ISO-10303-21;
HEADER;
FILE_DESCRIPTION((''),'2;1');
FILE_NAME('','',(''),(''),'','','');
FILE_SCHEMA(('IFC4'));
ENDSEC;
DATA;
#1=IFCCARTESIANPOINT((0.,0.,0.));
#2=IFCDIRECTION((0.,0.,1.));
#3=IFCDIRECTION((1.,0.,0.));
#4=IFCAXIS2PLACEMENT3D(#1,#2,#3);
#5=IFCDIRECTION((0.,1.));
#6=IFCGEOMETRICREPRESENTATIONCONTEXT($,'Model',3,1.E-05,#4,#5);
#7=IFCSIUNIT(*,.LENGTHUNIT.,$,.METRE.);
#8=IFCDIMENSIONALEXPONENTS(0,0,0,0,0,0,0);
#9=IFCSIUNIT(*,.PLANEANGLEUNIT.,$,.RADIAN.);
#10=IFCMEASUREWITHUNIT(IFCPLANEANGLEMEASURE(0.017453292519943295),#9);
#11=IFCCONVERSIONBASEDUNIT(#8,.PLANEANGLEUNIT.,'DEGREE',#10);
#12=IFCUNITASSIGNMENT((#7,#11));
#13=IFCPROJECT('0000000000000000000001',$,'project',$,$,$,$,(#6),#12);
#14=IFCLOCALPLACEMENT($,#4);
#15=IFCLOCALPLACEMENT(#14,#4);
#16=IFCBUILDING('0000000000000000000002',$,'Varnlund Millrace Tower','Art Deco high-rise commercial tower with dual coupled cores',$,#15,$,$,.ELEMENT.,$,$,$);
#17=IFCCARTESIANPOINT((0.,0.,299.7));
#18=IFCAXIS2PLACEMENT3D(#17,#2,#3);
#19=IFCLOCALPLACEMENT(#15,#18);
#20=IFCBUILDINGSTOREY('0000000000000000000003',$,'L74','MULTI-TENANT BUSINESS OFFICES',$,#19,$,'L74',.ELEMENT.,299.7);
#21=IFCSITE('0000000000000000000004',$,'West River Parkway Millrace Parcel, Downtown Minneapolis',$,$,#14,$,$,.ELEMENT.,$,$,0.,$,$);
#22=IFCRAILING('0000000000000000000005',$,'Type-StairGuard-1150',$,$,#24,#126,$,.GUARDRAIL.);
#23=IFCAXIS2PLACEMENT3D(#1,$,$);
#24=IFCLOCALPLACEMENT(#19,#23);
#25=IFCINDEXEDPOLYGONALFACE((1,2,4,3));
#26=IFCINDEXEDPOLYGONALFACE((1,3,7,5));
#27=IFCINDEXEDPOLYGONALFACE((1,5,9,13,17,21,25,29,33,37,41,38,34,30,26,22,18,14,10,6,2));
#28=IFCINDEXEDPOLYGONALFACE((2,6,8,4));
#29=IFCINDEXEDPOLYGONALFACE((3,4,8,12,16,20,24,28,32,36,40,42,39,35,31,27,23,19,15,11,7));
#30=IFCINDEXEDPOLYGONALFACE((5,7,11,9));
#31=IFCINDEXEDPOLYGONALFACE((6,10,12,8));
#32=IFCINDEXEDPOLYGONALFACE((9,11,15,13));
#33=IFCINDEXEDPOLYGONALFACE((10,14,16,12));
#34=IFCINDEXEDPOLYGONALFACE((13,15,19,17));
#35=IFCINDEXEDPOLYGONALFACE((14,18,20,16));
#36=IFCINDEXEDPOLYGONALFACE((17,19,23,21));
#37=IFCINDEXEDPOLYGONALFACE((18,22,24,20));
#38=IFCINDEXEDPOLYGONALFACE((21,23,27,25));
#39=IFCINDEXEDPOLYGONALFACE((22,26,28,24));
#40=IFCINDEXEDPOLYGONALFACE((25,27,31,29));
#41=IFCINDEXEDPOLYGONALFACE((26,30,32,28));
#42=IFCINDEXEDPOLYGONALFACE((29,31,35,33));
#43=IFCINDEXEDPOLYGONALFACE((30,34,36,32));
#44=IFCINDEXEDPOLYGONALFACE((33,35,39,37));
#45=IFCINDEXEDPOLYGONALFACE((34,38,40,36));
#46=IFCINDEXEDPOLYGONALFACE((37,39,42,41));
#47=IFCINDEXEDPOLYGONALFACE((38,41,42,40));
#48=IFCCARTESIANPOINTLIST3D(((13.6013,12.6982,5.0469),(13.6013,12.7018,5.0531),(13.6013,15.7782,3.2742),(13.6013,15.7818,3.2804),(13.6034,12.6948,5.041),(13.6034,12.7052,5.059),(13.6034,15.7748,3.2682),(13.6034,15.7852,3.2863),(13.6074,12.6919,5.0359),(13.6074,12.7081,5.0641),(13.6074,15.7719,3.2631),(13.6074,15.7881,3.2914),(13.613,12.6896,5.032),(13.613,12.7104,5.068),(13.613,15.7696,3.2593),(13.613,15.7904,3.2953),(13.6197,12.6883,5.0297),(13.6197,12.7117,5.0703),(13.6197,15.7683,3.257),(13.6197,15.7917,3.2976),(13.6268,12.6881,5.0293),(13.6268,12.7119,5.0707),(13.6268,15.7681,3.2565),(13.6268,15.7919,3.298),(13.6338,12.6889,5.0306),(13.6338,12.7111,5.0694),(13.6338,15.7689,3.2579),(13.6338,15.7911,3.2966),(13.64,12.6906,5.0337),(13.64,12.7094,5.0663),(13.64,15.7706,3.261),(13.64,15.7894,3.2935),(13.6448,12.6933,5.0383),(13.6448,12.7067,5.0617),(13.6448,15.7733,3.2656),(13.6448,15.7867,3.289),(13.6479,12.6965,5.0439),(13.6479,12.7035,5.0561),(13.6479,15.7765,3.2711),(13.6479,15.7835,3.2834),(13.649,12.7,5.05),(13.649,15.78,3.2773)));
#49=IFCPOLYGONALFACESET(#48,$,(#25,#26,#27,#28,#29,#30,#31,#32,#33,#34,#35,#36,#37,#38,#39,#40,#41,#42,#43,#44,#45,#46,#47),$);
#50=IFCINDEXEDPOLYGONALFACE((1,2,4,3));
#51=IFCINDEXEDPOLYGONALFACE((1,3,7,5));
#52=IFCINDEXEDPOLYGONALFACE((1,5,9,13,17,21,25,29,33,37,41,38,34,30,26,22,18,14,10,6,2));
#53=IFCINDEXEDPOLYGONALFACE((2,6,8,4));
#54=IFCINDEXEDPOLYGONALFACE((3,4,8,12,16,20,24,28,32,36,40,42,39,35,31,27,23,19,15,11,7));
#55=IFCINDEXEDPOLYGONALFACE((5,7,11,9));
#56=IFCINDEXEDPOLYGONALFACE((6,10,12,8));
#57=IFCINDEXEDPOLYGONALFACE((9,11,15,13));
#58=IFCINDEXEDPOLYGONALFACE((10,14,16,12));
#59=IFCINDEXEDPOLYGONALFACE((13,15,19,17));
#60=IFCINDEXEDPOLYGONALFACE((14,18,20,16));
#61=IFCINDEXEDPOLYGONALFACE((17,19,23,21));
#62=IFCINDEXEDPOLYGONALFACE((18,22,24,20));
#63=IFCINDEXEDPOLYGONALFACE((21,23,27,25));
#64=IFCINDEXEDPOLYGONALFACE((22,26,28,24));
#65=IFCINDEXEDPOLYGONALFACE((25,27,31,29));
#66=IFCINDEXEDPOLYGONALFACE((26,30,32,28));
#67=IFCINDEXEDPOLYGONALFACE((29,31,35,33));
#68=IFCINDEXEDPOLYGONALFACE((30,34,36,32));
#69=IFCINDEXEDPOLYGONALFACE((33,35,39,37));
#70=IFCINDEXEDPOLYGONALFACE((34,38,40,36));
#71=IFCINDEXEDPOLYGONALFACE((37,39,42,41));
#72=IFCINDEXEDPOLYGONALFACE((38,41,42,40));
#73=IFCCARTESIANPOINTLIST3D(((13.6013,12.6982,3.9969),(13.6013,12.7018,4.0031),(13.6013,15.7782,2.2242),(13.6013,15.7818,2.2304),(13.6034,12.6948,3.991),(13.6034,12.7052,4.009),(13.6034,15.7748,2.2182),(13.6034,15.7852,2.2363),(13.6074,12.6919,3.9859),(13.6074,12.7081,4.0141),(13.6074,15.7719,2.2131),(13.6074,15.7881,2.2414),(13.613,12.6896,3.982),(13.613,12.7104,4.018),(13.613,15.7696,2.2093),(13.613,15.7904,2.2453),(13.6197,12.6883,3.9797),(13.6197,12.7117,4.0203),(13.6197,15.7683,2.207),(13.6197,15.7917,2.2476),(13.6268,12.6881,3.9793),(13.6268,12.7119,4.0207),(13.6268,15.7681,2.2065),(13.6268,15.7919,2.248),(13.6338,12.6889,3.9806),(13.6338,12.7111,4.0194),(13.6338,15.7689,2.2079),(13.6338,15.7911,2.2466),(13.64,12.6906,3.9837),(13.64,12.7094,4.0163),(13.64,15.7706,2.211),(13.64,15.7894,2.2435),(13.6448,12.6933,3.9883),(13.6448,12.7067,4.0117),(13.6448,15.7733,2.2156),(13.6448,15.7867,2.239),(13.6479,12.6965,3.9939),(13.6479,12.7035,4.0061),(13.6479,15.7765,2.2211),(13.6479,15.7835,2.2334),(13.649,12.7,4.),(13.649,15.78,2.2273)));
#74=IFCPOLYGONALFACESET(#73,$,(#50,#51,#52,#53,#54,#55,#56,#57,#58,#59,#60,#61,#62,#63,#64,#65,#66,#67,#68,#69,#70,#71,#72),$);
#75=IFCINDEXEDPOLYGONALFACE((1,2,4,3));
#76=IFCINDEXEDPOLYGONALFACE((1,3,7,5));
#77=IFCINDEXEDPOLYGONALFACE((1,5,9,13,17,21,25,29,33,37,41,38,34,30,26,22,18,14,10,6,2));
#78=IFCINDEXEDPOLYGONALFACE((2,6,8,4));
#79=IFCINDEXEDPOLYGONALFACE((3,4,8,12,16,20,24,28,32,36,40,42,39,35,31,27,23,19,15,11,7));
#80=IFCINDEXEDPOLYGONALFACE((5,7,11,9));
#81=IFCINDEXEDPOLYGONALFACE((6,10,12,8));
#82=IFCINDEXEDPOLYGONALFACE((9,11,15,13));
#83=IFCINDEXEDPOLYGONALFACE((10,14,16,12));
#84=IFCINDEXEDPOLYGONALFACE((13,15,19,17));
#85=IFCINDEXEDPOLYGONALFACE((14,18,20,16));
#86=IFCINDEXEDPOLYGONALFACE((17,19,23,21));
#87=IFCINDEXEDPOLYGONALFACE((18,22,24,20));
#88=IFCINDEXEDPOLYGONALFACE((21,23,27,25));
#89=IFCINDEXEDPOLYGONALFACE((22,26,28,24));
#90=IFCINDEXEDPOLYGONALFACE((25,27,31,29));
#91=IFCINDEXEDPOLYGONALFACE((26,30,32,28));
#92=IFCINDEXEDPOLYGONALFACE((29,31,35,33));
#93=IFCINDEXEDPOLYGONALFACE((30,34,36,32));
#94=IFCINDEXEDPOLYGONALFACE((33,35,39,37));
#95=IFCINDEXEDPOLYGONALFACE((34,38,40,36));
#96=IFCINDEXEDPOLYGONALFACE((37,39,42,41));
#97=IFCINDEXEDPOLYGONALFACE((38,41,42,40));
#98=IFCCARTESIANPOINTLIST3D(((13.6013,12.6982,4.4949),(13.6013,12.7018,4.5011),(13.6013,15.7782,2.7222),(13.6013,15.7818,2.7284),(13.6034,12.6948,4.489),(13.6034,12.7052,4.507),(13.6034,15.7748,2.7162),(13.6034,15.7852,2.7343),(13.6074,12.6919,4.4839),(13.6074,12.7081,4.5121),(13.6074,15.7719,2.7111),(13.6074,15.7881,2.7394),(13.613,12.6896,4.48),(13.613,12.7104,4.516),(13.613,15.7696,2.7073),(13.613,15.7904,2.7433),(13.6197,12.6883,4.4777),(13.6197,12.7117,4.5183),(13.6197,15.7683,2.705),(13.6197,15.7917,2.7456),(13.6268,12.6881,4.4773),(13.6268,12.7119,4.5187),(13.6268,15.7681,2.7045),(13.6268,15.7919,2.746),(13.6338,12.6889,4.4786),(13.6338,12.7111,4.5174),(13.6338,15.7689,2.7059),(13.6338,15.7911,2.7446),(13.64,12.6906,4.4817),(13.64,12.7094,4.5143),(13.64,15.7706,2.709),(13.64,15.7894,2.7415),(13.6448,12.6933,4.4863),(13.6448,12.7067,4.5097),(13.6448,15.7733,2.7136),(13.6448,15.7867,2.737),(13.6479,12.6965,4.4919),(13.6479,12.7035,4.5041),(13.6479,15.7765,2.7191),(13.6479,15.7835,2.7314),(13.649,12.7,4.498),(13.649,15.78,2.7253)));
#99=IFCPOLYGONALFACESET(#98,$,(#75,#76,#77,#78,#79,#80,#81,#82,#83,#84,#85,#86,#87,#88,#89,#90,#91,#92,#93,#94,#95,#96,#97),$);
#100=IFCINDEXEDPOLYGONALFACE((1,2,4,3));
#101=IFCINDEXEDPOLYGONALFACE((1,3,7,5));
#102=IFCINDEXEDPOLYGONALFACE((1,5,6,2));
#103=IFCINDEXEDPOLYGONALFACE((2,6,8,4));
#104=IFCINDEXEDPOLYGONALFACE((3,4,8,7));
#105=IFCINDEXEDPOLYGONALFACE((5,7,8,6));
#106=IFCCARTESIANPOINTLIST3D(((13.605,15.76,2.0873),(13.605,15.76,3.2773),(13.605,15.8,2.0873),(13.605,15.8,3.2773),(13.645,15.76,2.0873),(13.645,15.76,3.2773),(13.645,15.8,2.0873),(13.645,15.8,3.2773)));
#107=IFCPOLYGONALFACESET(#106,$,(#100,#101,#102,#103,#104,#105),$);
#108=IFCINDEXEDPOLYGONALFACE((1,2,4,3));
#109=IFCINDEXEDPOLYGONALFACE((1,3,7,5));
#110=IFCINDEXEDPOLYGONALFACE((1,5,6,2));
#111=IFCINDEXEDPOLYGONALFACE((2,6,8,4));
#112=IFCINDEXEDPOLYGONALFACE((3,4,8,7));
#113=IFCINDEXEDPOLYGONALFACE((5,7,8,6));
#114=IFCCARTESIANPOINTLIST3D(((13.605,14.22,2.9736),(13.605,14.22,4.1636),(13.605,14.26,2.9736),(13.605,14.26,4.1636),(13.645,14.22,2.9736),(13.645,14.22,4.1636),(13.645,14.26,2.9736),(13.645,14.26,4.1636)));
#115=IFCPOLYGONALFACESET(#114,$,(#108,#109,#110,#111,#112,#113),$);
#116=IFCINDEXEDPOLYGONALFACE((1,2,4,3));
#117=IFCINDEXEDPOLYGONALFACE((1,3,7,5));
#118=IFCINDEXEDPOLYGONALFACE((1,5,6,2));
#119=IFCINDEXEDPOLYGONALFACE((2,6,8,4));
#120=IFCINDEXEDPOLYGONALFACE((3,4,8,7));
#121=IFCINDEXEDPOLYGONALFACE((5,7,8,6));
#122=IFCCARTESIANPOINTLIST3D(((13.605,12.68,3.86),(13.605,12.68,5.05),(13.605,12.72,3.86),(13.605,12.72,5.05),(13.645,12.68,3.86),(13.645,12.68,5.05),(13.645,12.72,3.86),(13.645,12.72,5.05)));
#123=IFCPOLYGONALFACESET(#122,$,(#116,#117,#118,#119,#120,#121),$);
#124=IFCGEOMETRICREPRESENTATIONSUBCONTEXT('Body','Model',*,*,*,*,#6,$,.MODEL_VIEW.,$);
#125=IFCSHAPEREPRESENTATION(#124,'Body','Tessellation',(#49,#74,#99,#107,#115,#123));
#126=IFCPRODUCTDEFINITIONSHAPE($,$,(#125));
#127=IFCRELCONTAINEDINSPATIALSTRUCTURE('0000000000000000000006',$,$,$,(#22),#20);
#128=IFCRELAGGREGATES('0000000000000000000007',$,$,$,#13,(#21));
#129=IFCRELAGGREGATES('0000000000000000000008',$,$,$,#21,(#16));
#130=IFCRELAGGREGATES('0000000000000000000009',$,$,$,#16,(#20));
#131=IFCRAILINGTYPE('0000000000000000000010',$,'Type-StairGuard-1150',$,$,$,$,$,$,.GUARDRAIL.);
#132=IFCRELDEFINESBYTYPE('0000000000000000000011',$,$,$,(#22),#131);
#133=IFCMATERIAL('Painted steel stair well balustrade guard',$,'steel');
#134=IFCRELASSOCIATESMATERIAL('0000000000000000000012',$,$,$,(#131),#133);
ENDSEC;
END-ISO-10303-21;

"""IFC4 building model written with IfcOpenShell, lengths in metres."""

from ifc_helpers import new_model, entity, si_unit, converted_unit, direction, frame, origin_with_axes, origin_2d_with_axis, place, context, subcontext, project, spatial, rectangle, circle, extrude, material, type_object, element, save


model = new_model("IFC4")

# Units and contexts
model_context = context("Model", 3, precision=1e-05, world=origin_with_axes(), true_north=direction((0.0, 1.0)))
body_context = subcontext(model_context, "Body", "Model", "MODEL_VIEW")
ifc_project = project(units=[si_unit("LENGTHUNIT", "METRE"), converted_unit("PLANEANGLEUNIT", "DEGREE", entity("IfcPlaneAngleMeasure", 0.017453292519943295), si_unit("PLANEANGLEUNIT", "RADIAN"), dimensions=[0, 0, 0, 0, 0, 0, 0])], contexts=[model_context])

# Site, building, storey
site_placement = place(None, origin_with_axes())
site = spatial("IfcSite", under=ifc_project, at=site_placement, Name="West River Parkway Millrace Parcel, Downtown Minneapolis", CompositionType="ELEMENT", RefElevation=0.0)
building_placement = place(site_placement, origin_with_axes())
building = spatial("IfcBuilding", under=site, at=building_placement, Name="Varnlund Millrace Tower", Description="Art Deco high-rise commercial tower with dual coupled cores", CompositionType="ELEMENT")
storey_placement = place(building_placement, frame((0.0, 0.0, 299.7), z_axis=(0.0, 0.0, 1.0), x_axis=(1.0, 0.0, 0.0)))
storey = spatial("IfcBuildingStorey", under=building, at=storey_placement, Name="L74", Description="MULTI-TENANT BUSINESS OFFICES", LongName="L74", CompositionType="ELEMENT", Elevation=299.7)

# Railing
ifc_material_1 = material(Name="Painted steel stair well balustrade guard", Category="steel")
railing_type_1 = type_object("IfcRailingType", Name="Type-StairGuard-1150", PredefinedType="GUARDRAIL", material=ifc_material_1)
railing_1_placement = place(storey_placement, frame((0.0, 0.0, -299.7), z_axis=(0.0, 0.0, 1.0), x_axis=(1.0, 0.0, 0.0)))
element("IfcRailing", 1, at=railing_1_placement, inside=storey, type_object=railing_type_1, Name="Type-StairGuard-1150", PredefinedType="GUARDRAIL", context=body_context, shape_type="SweptSolid", body=[
    extrude(circle(Radius=0.024, at=origin_2d_with_axis()), frame((13.625, 15.78, 302.9773), z_axis=(0.0, -0.866696, 0.498836), x_axis=(1.0, 0.0, 0.0)), (0.0, 0.0, 1.0), 3.5537),
    extrude(circle(Radius=0.024, at=origin_2d_with_axis()), frame((13.625, 15.78, 301.9273), z_axis=(0.0, -0.866696, 0.498836), x_axis=(1.0, 0.0, 0.0)), (0.0, 0.0, 1.0), 3.5537),
    extrude(circle(Radius=0.024, at=origin_2d_with_axis()), frame((13.625, 15.78, 302.4253), z_axis=(0.0, -0.866696, 0.498836), x_axis=(1.0, 0.0, 0.0)), (0.0, 0.0, 1.0), 3.5537),
    extrude(rectangle(XDim=0.04, YDim=0.04, at=origin_2d_with_axis()), frame((13.625, 15.78, 301.7873), z_axis=(0.0, 0.0, 1.0), x_axis=(1.0, 0.0, 0.0)), (0.0, 0.0, 1.0), 1.19),
    extrude(rectangle(XDim=0.04, YDim=0.04, at=origin_2d_with_axis()), frame((13.625, 14.24, 302.6736), z_axis=(0.0, 0.0, 1.0), x_axis=(1.0, 0.0, 0.0)), (0.0, 0.0, 1.0), 1.19),
    extrude(rectangle(XDim=0.04, YDim=0.04, at=origin_2d_with_axis()), frame((13.625, 12.7, 303.56), z_axis=(0.0, 0.0, 1.0), x_axis=(1.0, 0.0, 0.0)), (0.0, 0.0, 1.0), 1.19),
])

save(model, "model.ifc")
